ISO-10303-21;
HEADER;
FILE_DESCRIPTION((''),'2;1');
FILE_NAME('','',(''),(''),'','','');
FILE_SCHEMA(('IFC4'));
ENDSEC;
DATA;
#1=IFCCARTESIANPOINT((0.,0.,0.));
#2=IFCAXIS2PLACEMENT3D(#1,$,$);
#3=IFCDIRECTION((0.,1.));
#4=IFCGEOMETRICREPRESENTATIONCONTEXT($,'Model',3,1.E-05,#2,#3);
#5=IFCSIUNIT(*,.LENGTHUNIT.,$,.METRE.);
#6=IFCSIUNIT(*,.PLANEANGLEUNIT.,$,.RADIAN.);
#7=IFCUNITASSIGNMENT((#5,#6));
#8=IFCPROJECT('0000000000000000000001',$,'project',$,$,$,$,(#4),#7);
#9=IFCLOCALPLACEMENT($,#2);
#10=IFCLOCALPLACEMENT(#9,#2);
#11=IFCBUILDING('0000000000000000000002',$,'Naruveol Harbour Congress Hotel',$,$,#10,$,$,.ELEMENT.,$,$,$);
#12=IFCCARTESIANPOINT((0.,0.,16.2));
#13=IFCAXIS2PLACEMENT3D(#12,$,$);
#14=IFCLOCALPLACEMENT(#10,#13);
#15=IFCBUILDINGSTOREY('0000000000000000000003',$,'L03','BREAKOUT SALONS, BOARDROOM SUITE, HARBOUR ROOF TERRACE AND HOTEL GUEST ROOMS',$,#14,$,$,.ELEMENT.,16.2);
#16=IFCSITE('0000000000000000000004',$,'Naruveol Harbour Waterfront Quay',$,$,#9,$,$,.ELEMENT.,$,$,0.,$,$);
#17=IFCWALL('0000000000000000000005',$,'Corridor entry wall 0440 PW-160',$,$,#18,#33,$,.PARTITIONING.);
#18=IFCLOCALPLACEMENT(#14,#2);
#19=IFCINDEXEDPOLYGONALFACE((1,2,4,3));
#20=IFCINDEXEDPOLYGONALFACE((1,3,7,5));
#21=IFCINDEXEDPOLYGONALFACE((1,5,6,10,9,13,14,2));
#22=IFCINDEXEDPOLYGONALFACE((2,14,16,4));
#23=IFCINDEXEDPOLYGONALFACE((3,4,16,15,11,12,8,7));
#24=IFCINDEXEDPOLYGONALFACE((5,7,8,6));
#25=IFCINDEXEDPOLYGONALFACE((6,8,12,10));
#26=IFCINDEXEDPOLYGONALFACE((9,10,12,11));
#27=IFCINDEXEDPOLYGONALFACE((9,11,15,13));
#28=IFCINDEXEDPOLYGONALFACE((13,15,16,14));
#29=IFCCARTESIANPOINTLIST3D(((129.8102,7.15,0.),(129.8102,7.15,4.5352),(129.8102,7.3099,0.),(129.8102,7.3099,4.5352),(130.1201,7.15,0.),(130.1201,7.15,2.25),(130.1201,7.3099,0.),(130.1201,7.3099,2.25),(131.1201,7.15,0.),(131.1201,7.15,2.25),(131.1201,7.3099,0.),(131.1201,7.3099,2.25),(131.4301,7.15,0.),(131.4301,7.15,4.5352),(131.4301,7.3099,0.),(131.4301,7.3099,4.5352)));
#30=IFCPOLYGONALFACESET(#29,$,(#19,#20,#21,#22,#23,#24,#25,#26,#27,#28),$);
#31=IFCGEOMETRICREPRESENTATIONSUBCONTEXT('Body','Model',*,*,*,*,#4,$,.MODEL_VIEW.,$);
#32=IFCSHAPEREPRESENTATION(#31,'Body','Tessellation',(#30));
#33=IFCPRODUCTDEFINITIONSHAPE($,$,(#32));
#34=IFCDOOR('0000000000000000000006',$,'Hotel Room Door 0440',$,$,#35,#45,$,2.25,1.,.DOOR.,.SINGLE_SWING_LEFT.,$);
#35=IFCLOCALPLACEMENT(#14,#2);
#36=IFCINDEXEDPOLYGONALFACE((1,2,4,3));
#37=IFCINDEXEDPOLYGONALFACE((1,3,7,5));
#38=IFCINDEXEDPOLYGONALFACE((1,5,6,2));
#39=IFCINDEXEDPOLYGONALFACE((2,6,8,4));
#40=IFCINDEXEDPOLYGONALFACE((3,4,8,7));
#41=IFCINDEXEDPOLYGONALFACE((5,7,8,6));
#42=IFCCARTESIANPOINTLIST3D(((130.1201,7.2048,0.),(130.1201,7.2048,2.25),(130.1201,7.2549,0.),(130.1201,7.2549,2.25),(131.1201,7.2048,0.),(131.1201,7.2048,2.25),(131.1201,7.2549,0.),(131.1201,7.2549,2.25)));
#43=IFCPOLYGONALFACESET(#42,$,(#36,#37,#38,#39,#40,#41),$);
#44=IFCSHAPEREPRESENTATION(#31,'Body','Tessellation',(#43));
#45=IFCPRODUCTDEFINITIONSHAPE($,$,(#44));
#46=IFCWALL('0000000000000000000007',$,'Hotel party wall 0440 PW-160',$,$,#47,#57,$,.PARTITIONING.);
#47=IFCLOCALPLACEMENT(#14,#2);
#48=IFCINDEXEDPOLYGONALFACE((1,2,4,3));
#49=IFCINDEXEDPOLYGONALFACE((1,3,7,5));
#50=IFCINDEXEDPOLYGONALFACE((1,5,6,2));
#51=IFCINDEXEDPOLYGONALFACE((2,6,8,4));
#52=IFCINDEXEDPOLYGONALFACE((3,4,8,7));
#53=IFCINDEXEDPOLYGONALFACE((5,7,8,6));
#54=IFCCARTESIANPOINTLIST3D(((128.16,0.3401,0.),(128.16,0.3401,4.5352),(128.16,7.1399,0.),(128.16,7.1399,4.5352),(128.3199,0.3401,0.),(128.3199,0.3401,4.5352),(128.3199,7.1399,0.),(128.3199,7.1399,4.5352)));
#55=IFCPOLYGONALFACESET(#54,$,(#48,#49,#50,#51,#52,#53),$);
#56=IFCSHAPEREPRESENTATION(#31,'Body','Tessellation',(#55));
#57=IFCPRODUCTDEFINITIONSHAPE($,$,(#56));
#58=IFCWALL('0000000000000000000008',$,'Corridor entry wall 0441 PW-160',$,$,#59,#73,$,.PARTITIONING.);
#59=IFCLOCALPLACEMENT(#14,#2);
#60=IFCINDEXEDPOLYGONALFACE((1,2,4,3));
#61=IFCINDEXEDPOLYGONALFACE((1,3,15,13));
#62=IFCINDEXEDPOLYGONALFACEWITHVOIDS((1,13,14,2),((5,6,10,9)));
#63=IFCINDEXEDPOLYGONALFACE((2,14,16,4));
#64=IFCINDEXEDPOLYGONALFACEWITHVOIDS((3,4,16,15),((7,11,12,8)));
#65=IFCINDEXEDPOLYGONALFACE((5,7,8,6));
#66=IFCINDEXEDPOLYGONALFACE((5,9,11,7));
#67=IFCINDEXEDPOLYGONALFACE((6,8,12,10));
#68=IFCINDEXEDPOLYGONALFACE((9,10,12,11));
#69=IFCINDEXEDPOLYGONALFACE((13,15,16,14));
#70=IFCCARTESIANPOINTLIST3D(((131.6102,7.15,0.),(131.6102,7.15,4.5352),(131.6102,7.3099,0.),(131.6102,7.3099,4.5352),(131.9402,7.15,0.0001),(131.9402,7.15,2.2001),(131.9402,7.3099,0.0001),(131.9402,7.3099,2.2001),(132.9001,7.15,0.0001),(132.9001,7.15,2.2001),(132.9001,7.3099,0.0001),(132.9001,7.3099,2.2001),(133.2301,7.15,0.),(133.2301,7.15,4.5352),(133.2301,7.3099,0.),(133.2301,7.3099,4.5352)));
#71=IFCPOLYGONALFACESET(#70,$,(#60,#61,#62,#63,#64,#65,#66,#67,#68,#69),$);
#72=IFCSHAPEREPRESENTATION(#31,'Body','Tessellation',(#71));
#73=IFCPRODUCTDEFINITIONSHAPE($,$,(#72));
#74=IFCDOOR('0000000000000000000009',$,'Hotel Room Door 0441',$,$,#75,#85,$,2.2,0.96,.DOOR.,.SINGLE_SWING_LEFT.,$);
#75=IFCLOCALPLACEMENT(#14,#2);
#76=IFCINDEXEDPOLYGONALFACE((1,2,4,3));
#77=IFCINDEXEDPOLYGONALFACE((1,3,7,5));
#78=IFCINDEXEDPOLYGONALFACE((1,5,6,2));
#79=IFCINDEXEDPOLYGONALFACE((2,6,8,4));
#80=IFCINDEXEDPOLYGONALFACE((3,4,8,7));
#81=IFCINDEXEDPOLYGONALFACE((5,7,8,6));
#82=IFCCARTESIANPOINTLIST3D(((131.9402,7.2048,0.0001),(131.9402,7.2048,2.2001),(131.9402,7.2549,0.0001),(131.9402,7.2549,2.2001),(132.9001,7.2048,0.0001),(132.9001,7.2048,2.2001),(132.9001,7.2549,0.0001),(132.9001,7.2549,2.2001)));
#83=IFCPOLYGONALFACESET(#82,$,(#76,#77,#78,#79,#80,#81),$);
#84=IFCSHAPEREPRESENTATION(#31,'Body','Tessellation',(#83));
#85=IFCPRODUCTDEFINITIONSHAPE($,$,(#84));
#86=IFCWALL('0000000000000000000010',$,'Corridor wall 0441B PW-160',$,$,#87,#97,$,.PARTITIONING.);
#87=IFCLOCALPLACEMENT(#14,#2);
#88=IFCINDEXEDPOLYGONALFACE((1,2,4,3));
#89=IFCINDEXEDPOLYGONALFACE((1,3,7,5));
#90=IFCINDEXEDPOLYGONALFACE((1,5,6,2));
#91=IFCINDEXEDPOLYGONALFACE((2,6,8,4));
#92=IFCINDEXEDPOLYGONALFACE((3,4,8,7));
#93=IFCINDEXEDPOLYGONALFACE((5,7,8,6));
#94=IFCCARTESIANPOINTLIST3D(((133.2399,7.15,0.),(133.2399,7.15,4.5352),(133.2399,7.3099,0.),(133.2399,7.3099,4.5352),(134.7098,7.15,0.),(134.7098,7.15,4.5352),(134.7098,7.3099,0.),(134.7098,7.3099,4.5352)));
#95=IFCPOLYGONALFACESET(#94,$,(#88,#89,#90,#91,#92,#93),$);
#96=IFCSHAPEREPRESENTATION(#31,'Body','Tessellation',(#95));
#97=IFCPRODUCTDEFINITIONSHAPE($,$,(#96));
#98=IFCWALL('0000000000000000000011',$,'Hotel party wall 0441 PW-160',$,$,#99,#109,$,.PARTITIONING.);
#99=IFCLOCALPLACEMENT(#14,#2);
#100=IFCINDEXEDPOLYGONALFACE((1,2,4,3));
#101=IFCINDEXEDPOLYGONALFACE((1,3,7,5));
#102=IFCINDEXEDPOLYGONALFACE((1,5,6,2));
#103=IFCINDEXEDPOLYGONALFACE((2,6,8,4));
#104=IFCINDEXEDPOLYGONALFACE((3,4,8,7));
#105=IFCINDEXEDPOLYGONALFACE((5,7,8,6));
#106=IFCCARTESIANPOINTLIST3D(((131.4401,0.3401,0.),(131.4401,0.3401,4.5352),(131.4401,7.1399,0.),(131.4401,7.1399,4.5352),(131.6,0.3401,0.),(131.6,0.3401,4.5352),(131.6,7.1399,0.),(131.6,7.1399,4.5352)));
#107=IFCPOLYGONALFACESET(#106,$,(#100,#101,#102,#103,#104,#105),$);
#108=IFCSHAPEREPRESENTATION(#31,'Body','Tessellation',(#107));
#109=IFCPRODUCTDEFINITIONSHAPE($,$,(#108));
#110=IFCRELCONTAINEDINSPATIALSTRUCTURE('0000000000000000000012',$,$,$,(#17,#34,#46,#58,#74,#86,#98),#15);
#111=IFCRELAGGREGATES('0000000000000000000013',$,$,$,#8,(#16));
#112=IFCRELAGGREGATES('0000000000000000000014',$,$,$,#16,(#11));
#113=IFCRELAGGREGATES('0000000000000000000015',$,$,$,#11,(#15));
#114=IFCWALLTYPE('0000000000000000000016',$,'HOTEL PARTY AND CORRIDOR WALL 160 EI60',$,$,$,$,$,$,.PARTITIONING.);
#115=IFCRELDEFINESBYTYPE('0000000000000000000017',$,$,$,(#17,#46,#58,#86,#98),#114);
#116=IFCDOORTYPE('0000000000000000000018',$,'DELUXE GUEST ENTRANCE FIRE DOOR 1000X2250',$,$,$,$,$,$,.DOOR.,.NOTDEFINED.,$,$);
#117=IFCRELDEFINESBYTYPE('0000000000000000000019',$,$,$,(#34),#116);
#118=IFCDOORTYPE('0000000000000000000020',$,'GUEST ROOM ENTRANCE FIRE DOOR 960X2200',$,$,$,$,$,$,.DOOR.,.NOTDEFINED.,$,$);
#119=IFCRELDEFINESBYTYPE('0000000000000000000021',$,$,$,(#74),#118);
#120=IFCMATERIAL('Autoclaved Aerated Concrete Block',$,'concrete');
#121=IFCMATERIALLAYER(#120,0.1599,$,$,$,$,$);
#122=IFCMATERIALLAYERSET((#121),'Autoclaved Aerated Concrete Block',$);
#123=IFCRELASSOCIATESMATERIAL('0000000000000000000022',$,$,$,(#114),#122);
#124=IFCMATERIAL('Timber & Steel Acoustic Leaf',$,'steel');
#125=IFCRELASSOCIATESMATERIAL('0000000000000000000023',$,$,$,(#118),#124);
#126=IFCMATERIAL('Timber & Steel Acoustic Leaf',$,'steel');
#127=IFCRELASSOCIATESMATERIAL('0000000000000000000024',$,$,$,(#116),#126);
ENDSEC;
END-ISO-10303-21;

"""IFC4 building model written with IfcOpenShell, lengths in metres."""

from ifc_helpers import new_model, si_unit, direction, frame, frame_2d, origin, place, context, subcontext, project, spatial, rectangle, extrude, material, layer, layer_set, type_object, element, fill, save


model = new_model("IFC4")

# Units and contexts
model_context = context("Model", 3, precision=1e-05, world=origin(), true_north=direction((0.0, 1.0)))
body_context = subcontext(model_context, "Body", "Model", "MODEL_VIEW")
ifc_project = project(units=[si_unit("LENGTHUNIT", "METRE"), si_unit("PLANEANGLEUNIT", "RADIAN")], contexts=[model_context])

# Site, building, storey
site_placement = place(None, origin())
site = spatial("IfcSite", under=ifc_project, at=site_placement, Name="Naruveol Harbour Waterfront Quay", CompositionType="ELEMENT", RefElevation=0.0)
building_placement = place(site_placement, origin())
building = spatial("IfcBuilding", under=site, at=building_placement, Name="Naruveol Harbour Congress Hotel", CompositionType="ELEMENT")
storey_placement = place(building_placement, frame((0.0, 0.0, 16.2)))
storey = spatial("IfcBuildingStorey", under=building, at=storey_placement, Name="L03", Description="BREAKOUT SALONS, BOARDROOM SUITE, HARBOUR ROOF TERRACE AND HOTEL GUEST ROOMS", CompositionType="ELEMENT", Elevation=16.2)

# Shared definitions
ifc_material_1 = material(Name="Autoclaved Aerated Concrete Block", Category="concrete")
ifc_layer_1 = layer(ifc_material_1, 0.1599)
ifc_layer_set_1 = layer_set([ifc_layer_1], Name="Autoclaved Aerated Concrete Block")
wall_type_1 = type_object("IfcWallType", Name="HOTEL PARTY AND CORRIDOR WALL 160 EI60", PredefinedType="PARTITIONING", material=ifc_layer_set_1)
ifc_material_2 = material(Name="Timber & Steel Acoustic Leaf", Category="steel")
door_type_1 = type_object("IfcDoorType", Name="GUEST ROOM ENTRANCE FIRE DOOR 960X2200", OperationType="NOTDEFINED", PredefinedType="DOOR", material=ifc_material_2)

# Wall, opening, door
wall_1_placement = place(storey_placement, frame((129.8101, 7.23, 0.0), z_axis=(0.0, 0.0, 1.0), x_axis=(1.0, 0.0, 0.0)))
wall_1 = element("IfcWall", 1, at=wall_1_placement, inside=storey, type_object=wall_type_1, Name="Corridor entry wall 0440 PW-160", PredefinedType="PARTITIONING", context=body_context, shape_type="SweptSolid", body=[
    extrude(rectangle(XDim=1.6199, YDim=0.1599, at=frame_2d((0.8101, 0.0))), origin(), (0.0, 0.0, 1.0), 4.5352),
])
opening_1_placement = place(wall_1_placement, frame((0.3101, 0.0, 0.0)))
opening_1 = element("IfcOpeningElement", 2, at=opening_1_placement, cuts=wall_1, PredefinedType="OPENING", context=body_context, shape_type="SweptSolid", body=[
    extrude(rectangle(XDim=1.0, YDim=2.25, at=frame_2d((0.5, 1.125))), frame((0.0, 0.0898, 0.0), z_axis=(0.0, -1.0, 0.0), x_axis=(1.0, 0.0, 0.0)), (0.0, 0.0, 1.0), 0.1799),
])
ifc_material_3 = material(Name="Timber & Steel Acoustic Leaf", Category="steel")
door_type_2 = type_object("IfcDoorType", Name="DELUXE GUEST ENTRANCE FIRE DOOR 1000X2250", OperationType="NOTDEFINED", PredefinedType="DOOR", material=ifc_material_3)
door_1_placement = place(opening_1_placement, origin())
door_1 = element("IfcDoor", 3, at=door_1_placement, inside=storey, type_object=door_type_2, Name="Hotel Room Door 0440", OperationType="SINGLE_SWING_LEFT", OverallHeight=2.25, OverallWidth=1.0, PredefinedType="DOOR", context=body_context, shape_type="SweptSolid", body=[
    extrude(rectangle(XDim=1.0, YDim=2.25, at=frame_2d((0.5, 1.125))), frame((0.0, 0.0249, 0.0), z_axis=(0.0, -1.0, 0.0), x_axis=(1.0, 0.0, 0.0)), (0.0, 0.0, 1.0), 0.05),
])
fill(opening_1, door_1)

# Wall
wall_2_placement = place(storey_placement, frame((128.24, 0.3401, 0.0), z_axis=(0.0, 0.0, 1.0), x_axis=(0.0, 1.0, 0.0)))
element("IfcWall", 4, at=wall_2_placement, inside=storey, type_object=wall_type_1, Name="Hotel party wall 0440 PW-160", PredefinedType="PARTITIONING", context=body_context, shape_type="SweptSolid", body=[
    extrude(rectangle(XDim=6.7998, YDim=0.1599, at=frame_2d((3.3999, 0.0))), origin(), (0.0, 0.0, 1.0), 4.5352),
])

# Wall, opening, door
wall_3_placement = place(storey_placement, frame((131.6101, 7.23, 0.0), z_axis=(0.0, 0.0, 1.0), x_axis=(1.0, 0.0, 0.0)))
wall_3 = element("IfcWall", 5, at=wall_3_placement, inside=storey, type_object=wall_type_1, Name="Corridor entry wall 0441 PW-160", PredefinedType="PARTITIONING", context=body_context, shape_type="SweptSolid", body=[
    extrude(rectangle(XDim=1.6199, YDim=0.1599, at=frame_2d((0.8101, 0.0))), origin(), (0.0, 0.0, 1.0), 4.5352),
])
opening_2_placement = place(wall_3_placement, frame((0.3301, 0.0, 0.0)))
opening_2 = element("IfcOpeningElement", 6, at=opening_2_placement, cuts=wall_3, PredefinedType="OPENING", context=body_context, shape_type="SweptSolid", body=[
    extrude(rectangle(XDim=0.96, YDim=2.2, at=frame_2d((0.48, 1.1001))), frame((0.0, 0.0898, 0.0), z_axis=(0.0, -1.0, 0.0), x_axis=(1.0, 0.0, 0.0)), (0.0, 0.0, 1.0), 0.1799),
])
door_2_placement = place(opening_2_placement, origin())
door_2 = element("IfcDoor", 7, at=door_2_placement, inside=storey, type_object=door_type_1, Name="Hotel Room Door 0441", OperationType="SINGLE_SWING_LEFT", OverallHeight=2.2, OverallWidth=0.96, PredefinedType="DOOR", context=body_context, shape_type="SweptSolid", body=[
    extrude(rectangle(XDim=0.96, YDim=2.2, at=frame_2d((0.48, 1.1001))), frame((0.0, 0.0249, 0.0), z_axis=(0.0, -1.0, 0.0), x_axis=(1.0, 0.0, 0.0)), (0.0, 0.0, 1.0), 0.05),
])
fill(opening_2, door_2)

# Walls
wall_4_placement = place(storey_placement, frame((133.24, 7.23, 0.0), z_axis=(0.0, 0.0, 1.0), x_axis=(1.0, 0.0, 0.0)))
element("IfcWall", 8, at=wall_4_placement, inside=storey, type_object=wall_type_1, Name="Corridor wall 0441B PW-160", PredefinedType="PARTITIONING", context=body_context, shape_type="SweptSolid", body=[
    extrude(rectangle(XDim=1.47, YDim=0.1599, at=frame_2d((0.7349, 0.0))), origin(), (0.0, 0.0, 1.0), 4.5352),
])
wall_5_placement = place(storey_placement, frame((131.52, 0.3401, 0.0), z_axis=(0.0, 0.0, 1.0), x_axis=(0.0, 1.0, 0.0)))
element("IfcWall", 9, at=wall_5_placement, inside=storey, type_object=wall_type_1, Name="Hotel party wall 0441 PW-160", PredefinedType="PARTITIONING", context=body_context, shape_type="SweptSolid", body=[
    extrude(rectangle(XDim=6.7998, YDim=0.1599, at=frame_2d((3.3999, 0.0))), origin(), (0.0, 0.0, 1.0), 4.5352),
])

save(model, "model.ifc")
